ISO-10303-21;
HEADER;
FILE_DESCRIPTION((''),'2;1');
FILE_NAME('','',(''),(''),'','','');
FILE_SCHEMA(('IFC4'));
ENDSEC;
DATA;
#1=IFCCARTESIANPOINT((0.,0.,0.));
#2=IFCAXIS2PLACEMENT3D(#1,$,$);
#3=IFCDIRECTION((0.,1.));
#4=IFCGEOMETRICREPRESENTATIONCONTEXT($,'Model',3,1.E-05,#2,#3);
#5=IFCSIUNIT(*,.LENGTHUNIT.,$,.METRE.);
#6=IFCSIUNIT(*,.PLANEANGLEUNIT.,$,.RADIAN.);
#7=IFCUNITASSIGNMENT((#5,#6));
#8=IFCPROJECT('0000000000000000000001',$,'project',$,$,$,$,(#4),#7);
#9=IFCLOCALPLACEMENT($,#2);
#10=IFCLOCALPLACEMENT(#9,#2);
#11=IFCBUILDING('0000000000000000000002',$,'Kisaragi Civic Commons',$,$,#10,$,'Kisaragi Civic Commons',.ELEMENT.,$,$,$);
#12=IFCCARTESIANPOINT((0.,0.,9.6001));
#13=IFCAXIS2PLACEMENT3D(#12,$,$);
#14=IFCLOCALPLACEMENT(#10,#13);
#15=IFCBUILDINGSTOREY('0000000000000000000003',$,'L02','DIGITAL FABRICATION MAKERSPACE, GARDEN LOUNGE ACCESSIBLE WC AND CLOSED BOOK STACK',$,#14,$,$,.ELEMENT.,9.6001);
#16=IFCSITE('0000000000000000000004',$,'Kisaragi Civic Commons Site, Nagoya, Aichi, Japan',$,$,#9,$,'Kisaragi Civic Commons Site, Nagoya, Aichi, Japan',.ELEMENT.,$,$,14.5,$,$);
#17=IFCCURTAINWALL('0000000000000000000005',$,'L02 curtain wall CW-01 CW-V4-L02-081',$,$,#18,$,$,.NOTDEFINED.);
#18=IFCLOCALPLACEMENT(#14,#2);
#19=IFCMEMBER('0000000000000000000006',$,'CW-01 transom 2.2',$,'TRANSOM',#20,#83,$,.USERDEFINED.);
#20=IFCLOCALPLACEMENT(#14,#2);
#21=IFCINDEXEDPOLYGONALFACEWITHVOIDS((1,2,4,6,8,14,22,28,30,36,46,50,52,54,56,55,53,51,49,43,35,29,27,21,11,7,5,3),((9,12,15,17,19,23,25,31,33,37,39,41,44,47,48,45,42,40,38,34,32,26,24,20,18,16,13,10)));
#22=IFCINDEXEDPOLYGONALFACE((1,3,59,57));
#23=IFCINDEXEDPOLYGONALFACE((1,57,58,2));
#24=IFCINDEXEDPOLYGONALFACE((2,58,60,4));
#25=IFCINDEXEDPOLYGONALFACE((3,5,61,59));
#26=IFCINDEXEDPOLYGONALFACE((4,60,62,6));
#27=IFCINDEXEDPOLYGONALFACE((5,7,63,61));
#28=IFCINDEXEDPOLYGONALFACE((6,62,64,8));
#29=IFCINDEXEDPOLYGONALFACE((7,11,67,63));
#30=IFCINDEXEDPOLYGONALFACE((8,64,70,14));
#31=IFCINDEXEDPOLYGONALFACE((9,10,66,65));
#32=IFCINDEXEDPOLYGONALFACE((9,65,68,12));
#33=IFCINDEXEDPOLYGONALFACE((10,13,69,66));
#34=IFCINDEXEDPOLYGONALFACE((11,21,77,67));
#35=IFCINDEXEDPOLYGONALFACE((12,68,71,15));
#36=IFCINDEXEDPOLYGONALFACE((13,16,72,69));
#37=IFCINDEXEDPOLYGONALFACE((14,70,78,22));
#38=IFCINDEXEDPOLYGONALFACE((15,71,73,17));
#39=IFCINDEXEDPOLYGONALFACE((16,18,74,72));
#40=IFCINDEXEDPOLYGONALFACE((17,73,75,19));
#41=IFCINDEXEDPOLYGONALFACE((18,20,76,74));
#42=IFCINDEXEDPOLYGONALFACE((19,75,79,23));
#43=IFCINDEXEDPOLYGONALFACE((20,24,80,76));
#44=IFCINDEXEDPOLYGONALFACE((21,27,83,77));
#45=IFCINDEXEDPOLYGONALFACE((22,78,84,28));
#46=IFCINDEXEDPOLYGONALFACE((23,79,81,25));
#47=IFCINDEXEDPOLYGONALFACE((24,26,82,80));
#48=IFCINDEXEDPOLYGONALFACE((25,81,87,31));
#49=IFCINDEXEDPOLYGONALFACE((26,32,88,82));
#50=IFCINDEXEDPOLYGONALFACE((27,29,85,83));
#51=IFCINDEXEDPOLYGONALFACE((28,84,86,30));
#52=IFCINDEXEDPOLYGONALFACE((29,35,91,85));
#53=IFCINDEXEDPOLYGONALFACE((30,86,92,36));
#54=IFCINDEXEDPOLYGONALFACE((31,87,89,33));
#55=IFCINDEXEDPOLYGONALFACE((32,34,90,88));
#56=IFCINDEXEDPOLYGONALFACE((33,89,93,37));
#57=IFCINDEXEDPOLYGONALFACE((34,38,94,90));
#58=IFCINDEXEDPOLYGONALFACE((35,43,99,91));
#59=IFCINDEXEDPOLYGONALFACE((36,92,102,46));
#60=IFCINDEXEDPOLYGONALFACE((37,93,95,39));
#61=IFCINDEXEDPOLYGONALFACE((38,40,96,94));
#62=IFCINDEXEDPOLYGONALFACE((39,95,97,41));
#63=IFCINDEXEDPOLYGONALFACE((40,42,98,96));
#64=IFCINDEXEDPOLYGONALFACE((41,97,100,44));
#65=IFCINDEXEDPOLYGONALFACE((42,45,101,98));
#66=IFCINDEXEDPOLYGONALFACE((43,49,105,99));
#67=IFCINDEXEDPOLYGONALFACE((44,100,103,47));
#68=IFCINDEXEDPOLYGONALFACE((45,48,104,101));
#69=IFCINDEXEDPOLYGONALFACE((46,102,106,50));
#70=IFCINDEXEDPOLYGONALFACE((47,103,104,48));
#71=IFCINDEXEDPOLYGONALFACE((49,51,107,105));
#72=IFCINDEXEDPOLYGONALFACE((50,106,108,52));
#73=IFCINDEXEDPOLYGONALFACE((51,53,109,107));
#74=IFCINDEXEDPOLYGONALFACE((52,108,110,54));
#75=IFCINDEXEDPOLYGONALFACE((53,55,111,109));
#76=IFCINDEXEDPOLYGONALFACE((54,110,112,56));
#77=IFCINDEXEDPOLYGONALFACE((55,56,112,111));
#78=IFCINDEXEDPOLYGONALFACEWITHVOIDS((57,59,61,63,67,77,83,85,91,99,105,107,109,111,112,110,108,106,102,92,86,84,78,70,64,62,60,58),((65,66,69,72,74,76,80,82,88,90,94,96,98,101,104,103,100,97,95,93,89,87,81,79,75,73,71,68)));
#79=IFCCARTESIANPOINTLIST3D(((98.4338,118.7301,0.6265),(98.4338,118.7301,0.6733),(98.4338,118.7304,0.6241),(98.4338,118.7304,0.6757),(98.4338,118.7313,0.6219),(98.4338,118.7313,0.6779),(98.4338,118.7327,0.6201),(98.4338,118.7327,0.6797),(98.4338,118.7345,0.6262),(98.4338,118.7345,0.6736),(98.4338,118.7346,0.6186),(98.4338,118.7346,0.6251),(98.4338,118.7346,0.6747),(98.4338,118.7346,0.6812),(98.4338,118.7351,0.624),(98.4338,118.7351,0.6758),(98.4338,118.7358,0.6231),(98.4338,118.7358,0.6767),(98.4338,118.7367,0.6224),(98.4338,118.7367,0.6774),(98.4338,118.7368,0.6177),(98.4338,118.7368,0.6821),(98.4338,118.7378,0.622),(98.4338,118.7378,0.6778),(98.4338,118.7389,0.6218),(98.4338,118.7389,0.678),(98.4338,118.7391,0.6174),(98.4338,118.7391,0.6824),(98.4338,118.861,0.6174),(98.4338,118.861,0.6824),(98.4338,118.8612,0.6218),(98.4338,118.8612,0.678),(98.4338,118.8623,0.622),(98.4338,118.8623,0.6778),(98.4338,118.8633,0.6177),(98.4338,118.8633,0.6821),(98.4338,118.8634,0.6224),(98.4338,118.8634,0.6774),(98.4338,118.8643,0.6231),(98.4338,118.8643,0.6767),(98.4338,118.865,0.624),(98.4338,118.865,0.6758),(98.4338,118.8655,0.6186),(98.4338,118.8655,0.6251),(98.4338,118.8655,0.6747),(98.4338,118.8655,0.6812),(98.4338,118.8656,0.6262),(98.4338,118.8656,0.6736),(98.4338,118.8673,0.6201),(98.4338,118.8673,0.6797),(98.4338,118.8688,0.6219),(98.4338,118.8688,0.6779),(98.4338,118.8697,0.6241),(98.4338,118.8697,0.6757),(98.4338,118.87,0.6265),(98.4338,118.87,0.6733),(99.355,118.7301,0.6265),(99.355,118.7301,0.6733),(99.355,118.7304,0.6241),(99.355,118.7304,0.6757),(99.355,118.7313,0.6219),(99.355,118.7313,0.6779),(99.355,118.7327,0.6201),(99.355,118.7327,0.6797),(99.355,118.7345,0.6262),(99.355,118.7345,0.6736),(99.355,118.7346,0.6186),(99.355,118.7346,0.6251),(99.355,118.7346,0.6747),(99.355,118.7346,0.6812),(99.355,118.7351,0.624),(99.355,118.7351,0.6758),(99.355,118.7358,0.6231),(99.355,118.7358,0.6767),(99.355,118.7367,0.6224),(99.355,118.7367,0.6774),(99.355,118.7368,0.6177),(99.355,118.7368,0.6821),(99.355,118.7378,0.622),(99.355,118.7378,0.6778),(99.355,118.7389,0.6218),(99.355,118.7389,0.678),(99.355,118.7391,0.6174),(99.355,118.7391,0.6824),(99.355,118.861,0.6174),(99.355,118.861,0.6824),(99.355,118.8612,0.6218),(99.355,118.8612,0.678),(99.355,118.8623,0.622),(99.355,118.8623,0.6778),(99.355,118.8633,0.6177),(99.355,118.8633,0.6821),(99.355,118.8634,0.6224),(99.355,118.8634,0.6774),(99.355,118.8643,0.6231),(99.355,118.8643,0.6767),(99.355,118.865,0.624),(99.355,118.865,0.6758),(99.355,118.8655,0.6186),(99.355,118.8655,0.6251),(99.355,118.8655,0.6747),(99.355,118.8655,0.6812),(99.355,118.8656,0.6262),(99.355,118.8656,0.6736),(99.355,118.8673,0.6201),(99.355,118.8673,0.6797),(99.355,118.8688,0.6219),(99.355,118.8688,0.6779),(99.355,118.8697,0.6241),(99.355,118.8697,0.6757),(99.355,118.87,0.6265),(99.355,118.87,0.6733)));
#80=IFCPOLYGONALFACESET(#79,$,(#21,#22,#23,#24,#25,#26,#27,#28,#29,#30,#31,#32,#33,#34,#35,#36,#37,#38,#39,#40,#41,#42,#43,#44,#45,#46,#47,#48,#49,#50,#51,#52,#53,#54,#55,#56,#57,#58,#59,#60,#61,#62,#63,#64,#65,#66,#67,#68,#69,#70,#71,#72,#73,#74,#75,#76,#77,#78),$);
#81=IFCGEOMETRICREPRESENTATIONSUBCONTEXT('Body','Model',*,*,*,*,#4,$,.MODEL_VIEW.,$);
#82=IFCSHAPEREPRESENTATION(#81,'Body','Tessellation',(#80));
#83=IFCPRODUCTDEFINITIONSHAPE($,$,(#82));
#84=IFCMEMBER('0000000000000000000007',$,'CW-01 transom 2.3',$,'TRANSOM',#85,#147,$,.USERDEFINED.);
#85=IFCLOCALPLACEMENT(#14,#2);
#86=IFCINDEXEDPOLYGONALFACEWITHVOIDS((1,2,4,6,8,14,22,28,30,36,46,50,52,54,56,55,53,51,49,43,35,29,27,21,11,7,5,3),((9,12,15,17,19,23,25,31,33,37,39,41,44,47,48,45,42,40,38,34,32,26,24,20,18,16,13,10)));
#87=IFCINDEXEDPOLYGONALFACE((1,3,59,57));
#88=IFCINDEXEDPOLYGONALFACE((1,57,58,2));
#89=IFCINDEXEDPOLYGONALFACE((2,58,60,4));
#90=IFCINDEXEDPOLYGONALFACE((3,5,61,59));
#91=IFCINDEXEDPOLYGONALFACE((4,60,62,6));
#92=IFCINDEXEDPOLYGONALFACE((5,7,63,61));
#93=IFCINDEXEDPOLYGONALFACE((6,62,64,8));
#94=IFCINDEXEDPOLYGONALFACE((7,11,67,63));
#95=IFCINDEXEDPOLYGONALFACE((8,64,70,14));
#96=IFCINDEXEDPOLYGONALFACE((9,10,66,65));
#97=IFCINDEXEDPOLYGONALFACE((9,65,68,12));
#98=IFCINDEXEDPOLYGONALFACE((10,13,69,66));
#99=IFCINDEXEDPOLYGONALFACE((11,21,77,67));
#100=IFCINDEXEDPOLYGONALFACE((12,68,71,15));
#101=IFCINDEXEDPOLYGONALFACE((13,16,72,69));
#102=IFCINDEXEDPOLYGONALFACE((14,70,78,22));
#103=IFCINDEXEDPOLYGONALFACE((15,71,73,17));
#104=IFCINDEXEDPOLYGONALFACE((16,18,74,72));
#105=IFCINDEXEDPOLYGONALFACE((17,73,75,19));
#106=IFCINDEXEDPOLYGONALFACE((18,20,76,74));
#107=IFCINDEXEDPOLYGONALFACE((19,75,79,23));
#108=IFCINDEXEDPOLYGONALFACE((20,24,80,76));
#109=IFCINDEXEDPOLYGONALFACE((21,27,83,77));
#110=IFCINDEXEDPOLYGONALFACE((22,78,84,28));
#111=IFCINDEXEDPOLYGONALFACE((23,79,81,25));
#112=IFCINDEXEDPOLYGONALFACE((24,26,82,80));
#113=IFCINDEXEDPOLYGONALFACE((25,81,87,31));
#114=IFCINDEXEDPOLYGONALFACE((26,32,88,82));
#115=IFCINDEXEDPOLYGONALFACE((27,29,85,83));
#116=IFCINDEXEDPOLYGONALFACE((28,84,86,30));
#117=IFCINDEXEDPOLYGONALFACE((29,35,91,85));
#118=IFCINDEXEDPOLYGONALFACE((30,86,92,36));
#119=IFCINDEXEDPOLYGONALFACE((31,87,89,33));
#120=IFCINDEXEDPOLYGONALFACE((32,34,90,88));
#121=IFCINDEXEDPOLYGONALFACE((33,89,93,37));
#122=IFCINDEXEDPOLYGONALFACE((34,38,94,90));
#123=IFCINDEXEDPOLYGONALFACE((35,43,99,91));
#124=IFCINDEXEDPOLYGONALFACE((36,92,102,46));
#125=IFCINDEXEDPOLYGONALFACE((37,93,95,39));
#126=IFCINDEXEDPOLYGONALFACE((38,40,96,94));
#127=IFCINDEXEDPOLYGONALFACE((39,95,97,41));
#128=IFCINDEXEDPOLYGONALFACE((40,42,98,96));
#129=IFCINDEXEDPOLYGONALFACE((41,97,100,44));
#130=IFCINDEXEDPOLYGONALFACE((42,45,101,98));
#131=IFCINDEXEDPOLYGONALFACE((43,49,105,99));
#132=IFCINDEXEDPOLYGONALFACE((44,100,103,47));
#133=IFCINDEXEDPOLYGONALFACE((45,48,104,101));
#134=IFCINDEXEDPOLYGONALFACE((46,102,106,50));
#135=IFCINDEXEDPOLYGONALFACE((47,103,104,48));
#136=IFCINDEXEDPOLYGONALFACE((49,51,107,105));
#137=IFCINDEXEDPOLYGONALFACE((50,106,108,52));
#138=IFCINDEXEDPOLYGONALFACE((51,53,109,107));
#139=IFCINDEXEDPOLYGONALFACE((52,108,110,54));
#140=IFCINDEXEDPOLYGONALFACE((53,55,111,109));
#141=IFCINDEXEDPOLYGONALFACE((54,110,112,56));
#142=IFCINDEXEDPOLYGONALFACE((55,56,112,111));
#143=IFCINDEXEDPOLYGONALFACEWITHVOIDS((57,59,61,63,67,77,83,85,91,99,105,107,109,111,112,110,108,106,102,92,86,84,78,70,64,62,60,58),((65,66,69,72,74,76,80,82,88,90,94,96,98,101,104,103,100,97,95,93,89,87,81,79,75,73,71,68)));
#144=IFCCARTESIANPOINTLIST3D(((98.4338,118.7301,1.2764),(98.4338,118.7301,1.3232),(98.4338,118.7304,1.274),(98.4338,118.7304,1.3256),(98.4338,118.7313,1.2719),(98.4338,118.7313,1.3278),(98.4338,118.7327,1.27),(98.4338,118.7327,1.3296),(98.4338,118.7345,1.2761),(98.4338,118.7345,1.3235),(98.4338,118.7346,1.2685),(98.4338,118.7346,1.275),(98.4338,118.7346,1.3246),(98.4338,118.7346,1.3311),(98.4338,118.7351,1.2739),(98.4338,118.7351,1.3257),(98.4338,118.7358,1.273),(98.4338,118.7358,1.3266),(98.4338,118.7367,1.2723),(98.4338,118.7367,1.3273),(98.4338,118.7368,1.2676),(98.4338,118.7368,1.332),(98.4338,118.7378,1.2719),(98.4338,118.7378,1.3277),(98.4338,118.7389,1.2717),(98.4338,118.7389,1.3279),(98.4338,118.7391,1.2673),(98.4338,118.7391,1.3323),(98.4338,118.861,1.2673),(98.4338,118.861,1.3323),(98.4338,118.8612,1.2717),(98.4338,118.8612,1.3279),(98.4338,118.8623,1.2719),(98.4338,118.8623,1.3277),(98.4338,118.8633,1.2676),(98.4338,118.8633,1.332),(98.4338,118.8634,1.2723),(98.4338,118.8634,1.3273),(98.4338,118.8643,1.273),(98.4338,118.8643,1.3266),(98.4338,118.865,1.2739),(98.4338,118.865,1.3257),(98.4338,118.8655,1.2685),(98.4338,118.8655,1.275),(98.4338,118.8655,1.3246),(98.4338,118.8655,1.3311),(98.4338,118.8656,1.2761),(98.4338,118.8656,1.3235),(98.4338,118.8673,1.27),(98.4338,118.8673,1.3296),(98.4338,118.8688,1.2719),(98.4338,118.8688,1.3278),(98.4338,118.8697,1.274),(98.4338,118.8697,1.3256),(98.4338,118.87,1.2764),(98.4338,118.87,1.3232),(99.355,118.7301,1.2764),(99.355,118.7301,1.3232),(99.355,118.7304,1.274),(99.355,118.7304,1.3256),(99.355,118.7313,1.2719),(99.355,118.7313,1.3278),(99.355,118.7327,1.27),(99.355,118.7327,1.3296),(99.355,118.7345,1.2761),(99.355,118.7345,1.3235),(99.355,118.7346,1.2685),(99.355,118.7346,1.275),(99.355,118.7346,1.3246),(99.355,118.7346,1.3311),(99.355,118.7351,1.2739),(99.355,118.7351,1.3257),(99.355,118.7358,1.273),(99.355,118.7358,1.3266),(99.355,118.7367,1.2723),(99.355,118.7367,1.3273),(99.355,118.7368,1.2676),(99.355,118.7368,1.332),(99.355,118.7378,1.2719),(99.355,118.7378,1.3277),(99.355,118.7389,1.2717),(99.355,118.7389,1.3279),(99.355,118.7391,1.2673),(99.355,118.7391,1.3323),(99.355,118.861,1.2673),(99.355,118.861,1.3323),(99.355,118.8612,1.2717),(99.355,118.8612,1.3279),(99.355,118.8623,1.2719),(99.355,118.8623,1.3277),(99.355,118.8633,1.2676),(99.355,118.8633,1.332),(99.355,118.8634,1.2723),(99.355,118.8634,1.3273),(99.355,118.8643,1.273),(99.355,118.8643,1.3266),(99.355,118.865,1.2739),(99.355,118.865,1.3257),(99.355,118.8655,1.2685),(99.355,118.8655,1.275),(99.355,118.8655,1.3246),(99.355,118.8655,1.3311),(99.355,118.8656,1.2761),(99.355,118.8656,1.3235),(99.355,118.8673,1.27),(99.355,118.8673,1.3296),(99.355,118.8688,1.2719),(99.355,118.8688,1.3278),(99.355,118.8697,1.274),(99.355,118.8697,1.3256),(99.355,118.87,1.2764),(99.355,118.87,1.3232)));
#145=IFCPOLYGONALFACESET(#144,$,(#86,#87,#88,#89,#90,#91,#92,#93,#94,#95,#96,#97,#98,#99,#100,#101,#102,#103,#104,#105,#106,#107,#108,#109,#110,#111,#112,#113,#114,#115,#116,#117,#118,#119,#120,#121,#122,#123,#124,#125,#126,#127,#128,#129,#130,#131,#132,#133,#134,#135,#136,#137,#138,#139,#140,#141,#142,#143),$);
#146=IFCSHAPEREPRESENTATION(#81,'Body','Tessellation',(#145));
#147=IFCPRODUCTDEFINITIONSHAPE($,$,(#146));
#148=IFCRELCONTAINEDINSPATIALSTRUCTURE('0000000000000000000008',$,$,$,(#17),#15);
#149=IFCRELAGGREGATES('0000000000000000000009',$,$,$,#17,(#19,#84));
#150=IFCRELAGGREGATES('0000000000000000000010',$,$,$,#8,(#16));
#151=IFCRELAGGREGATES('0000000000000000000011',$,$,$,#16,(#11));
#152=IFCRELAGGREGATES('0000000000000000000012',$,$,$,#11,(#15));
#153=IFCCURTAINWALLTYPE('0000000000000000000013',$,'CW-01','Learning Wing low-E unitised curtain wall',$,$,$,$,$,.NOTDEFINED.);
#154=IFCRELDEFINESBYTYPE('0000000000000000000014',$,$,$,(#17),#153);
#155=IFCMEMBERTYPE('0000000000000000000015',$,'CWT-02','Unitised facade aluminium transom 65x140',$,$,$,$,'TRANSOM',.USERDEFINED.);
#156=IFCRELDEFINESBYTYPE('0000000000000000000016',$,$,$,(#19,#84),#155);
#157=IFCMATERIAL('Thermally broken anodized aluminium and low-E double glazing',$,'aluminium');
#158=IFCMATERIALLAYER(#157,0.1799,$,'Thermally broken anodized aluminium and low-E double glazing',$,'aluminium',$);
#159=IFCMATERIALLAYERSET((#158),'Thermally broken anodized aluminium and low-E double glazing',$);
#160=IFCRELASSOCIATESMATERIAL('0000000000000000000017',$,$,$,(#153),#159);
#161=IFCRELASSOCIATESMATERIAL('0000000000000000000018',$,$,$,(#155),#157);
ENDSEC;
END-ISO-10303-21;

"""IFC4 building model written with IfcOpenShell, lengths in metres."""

from ifc_helpers import new_model, si_unit, direction, frame, origin, origin_2d, place, context, subcontext, project, spatial, hollow_rectangle, extrude, material, layer, layer_set, material_profile, profile_set, type_object, element, aggregate, save


model = new_model("IFC4")

# Units and contexts
model_context = context("Model", 3, precision=1e-05, world=origin(), true_north=direction((0.0, 1.0)))
body_context = subcontext(model_context, "Body", "Model", "MODEL_VIEW")
ifc_project = project(units=[si_unit("LENGTHUNIT", "METRE"), si_unit("PLANEANGLEUNIT", "RADIAN")], contexts=[model_context])

# Site, building, storey
site_placement = place(None, origin())
site = spatial("IfcSite", under=ifc_project, at=site_placement, Name="Kisaragi Civic Commons Site, Nagoya, Aichi, Japan", LongName="Kisaragi Civic Commons Site, Nagoya, Aichi, Japan", CompositionType="ELEMENT", RefElevation=14.5)
building_placement = place(site_placement, origin())
building = spatial("IfcBuilding", under=site, at=building_placement, Name="Kisaragi Civic Commons", LongName="Kisaragi Civic Commons", CompositionType="ELEMENT")
storey_placement = place(building_placement, frame((0.0, 0.0, 9.6001)))
storey = spatial("IfcBuildingStorey", under=building, at=storey_placement, Name="L02", Description="DIGITAL FABRICATION MAKERSPACE, GARDEN LOUNGE ACCESSIBLE WC AND CLOSED BOOK STACK", CompositionType="ELEMENT", Elevation=9.6001)

# Curtain wall, members
ifc_material_1 = material(Name="Thermally broken anodized aluminium and low-E double glazing", Category="aluminium")
ifc_layer_1 = layer(ifc_material_1, 0.1799, Name="Thermally broken anodized aluminium and low-E double glazing", Category="aluminium")
ifc_layer_set_1 = layer_set([ifc_layer_1], Name="Thermally broken anodized aluminium and low-E double glazing")
curtain_wall_type = type_object("IfcCurtainWallType", Name="CW-01", Description="Learning Wing low-E unitised curtain wall", PredefinedType="NOTDEFINED", material=ifc_layer_set_1)
curtain_wall_placement = place(storey_placement, origin())
curtain_wall = element("IfcCurtainWall", 1, at=curtain_wall_placement, inside=storey, type_object=curtain_wall_type, Name="L02 curtain wall CW-01 CW-V4-L02-081", PredefinedType="NOTDEFINED")
ifc_material_profile_1 = material_profile(ifc_material_1, hollow_rectangle(XDim=0.1399, YDim=0.0649, WallThickness=0.0044, InnerFilletRadius=0.0044, OuterFilletRadius=0.009, at=origin_2d()), Name="CWT-65x140x4.5", Category="aluminium")
ifc_profile_set_1 = profile_set([ifc_material_profile_1], Name="Thermally broken anodized aluminium and low-E double glazing")
member_type_1 = type_object("IfcMemberType", Name="CWT-02", Description="Unitised facade aluminium transom 65x140", ElementType="TRANSOM", PredefinedType="USERDEFINED", material=ifc_profile_set_1)
member_1_placement = place(storey_placement, frame((98.4338, 118.8, 0.6499), z_axis=(1.0, 0.0, 0.0), x_axis=(0.0, 1.0, 0.0)))
member_1 = element("IfcMember", 2, at=member_1_placement, type_object=member_type_1, Name="CW-01 transom 2.2", ObjectType="TRANSOM", PredefinedType="USERDEFINED", context=body_context, shape_type="SweptSolid", body=[
    extrude(hollow_rectangle(XDim=0.1399, YDim=0.0649, WallThickness=0.0044, InnerFilletRadius=0.0044, OuterFilletRadius=0.009, at=origin_2d()), origin(), (0.0, 0.0, 1.0), 0.9211),
])
member_2_placement = place(storey_placement, frame((98.4338, 118.8, 1.2998), z_axis=(1.0, 0.0, 0.0), x_axis=(0.0, 1.0, 0.0)))
member_2 = element("IfcMember", 3, at=member_2_placement, type_object=member_type_1, Name="CW-01 transom 2.3", ObjectType="TRANSOM", PredefinedType="USERDEFINED", context=body_context, shape_type="SweptSolid", body=[
    extrude(hollow_rectangle(XDim=0.1399, YDim=0.0649, WallThickness=0.0044, InnerFilletRadius=0.0044, OuterFilletRadius=0.009, at=origin_2d()), origin(), (0.0, 0.0, 1.0), 0.9211),
])

aggregate(curtain_wall, [member_1, member_2])

save(model, "model.ifc")
